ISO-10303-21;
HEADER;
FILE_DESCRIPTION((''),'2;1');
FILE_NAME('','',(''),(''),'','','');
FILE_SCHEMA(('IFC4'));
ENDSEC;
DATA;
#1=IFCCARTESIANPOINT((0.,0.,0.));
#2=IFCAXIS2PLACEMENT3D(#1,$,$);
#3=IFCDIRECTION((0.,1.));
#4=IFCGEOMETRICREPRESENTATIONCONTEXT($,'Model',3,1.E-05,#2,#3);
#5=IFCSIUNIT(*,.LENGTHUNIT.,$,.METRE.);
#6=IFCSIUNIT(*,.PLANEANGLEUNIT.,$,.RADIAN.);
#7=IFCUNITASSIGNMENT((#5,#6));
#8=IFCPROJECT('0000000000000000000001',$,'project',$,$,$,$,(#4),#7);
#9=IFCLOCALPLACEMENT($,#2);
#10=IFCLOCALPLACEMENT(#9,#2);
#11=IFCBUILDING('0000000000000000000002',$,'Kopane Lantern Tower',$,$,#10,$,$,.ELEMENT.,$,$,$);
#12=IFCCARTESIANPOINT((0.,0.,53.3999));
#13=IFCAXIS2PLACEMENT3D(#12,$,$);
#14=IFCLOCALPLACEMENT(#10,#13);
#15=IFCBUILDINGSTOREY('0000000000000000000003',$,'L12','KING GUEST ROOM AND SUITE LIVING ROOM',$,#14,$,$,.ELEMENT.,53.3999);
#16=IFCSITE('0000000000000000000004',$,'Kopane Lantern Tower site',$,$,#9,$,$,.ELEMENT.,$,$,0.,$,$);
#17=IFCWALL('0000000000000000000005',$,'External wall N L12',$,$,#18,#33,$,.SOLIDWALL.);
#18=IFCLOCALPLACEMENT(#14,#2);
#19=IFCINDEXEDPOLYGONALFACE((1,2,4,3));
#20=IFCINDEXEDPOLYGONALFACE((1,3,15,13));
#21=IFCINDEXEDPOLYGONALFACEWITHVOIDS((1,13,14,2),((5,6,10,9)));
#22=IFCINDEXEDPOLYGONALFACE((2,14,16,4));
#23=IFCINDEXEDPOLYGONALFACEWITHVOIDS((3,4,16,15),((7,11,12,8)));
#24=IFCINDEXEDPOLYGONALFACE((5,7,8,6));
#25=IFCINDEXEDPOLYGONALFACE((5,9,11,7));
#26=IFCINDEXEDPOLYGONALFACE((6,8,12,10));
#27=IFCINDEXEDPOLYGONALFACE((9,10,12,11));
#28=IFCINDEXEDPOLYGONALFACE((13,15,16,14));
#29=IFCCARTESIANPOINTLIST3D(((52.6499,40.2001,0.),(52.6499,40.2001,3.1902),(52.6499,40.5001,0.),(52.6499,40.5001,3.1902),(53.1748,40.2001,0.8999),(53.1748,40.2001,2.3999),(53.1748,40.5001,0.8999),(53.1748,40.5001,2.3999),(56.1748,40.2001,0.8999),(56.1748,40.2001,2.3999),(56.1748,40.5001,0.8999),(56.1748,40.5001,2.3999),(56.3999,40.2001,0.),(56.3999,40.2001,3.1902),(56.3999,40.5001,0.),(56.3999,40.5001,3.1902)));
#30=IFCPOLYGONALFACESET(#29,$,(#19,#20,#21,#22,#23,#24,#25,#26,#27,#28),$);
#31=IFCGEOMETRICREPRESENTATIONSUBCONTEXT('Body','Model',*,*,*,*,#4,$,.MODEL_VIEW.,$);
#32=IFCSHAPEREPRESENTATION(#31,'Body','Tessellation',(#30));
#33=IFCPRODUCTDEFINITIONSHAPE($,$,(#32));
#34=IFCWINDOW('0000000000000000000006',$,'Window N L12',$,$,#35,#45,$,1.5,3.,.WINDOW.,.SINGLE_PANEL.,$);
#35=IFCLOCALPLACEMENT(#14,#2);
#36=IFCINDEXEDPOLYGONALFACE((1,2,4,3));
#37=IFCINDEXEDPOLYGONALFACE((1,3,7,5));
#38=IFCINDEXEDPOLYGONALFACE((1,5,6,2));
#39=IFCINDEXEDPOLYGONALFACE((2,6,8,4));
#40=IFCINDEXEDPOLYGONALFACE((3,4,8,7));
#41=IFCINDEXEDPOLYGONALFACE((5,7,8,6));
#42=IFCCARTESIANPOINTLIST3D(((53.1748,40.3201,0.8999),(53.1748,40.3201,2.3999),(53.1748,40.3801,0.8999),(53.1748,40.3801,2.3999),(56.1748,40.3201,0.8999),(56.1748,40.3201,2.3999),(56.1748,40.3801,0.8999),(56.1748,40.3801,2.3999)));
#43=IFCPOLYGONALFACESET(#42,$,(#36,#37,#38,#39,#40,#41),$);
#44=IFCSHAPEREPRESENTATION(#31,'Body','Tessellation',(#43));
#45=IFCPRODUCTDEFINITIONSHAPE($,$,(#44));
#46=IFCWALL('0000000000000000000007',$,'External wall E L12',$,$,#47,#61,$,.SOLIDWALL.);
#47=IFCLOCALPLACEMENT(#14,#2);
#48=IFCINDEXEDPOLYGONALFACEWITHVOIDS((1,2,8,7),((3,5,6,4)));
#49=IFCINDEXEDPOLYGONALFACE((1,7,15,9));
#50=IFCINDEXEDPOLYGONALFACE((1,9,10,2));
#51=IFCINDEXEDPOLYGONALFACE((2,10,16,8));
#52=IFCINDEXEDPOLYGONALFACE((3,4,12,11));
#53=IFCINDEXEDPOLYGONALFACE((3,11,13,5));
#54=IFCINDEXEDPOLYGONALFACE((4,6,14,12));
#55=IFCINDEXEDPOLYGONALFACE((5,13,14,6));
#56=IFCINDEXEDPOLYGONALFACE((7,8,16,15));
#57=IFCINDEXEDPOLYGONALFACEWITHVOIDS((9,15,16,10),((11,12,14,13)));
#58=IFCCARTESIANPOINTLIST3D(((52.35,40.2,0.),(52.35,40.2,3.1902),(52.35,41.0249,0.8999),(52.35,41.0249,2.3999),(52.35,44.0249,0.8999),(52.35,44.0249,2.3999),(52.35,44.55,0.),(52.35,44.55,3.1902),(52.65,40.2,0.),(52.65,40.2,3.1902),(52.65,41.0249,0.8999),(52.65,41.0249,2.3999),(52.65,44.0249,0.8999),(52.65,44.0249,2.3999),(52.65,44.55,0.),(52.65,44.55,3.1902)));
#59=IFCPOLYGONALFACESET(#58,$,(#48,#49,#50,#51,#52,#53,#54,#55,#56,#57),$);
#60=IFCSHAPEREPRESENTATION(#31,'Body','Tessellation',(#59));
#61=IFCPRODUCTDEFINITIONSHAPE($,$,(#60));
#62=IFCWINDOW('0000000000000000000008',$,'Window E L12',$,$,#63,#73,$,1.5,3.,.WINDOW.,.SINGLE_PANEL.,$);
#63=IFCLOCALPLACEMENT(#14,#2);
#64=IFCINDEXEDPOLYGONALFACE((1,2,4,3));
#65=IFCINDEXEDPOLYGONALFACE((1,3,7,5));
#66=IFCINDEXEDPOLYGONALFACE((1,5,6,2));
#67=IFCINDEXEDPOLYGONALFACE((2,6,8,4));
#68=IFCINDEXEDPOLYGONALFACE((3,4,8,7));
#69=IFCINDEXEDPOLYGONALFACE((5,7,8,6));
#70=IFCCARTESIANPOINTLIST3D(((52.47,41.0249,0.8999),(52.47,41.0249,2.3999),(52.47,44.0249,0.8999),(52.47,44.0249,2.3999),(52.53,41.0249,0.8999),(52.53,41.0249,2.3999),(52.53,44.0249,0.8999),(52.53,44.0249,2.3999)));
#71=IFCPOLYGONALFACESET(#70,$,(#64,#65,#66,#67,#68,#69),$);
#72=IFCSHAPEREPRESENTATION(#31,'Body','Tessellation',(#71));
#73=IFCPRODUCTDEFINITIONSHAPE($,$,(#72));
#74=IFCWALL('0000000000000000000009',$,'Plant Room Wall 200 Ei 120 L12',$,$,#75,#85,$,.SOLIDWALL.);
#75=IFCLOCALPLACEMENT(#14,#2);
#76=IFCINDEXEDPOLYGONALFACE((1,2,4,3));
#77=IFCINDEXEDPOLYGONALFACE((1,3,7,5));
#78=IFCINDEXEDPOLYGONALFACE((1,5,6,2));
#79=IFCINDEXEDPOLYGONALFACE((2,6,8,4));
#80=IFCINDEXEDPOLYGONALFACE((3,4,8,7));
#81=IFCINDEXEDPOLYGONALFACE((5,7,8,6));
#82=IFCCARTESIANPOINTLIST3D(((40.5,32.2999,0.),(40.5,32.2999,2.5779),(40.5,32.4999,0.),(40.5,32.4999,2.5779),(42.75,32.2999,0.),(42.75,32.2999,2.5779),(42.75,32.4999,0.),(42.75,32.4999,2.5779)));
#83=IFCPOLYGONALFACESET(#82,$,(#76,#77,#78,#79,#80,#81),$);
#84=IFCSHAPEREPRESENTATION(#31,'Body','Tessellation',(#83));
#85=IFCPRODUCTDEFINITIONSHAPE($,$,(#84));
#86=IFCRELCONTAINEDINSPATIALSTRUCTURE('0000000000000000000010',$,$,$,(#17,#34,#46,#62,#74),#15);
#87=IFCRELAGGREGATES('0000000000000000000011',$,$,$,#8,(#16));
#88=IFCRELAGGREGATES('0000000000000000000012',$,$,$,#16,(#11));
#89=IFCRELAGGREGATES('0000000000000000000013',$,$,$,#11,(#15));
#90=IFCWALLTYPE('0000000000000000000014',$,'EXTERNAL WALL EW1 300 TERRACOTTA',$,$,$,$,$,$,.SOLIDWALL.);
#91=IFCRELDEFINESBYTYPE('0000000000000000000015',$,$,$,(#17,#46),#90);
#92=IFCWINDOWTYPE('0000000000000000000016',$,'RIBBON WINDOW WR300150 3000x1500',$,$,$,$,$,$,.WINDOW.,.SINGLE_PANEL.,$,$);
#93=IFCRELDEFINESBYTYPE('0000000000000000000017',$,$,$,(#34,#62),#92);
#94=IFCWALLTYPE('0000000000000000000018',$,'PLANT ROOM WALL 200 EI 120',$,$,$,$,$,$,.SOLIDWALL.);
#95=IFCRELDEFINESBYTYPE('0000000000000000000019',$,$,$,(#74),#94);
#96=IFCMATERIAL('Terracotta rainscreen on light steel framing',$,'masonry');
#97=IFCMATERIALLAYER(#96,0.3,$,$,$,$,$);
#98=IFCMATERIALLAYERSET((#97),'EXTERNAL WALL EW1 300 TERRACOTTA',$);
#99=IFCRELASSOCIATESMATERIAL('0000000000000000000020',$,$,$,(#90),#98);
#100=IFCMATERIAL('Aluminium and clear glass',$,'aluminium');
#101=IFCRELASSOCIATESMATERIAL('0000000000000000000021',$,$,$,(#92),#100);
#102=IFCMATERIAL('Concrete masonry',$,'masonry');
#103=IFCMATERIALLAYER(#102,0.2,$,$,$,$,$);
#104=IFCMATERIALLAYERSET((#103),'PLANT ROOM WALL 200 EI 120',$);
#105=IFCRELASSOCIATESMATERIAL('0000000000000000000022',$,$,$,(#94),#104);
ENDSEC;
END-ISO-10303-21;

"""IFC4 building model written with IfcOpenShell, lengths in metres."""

from ifc_helpers import new_model, si_unit, direction, frame, frame_2d, origin, place, context, subcontext, project, spatial, rectangle, extrude, material, layer, layer_set, type_object, element, fill, save


model = new_model("IFC4")

# Units and contexts
model_context = context("Model", 3, precision=1e-05, world=origin(), true_north=direction((0.0, 1.0)))
body_context = subcontext(model_context, "Body", "Model", "MODEL_VIEW")
ifc_project = project(units=[si_unit("LENGTHUNIT", "METRE"), si_unit("PLANEANGLEUNIT", "RADIAN")], contexts=[model_context])

# Site, building, storey
site_placement = place(None, origin())
site = spatial("IfcSite", under=ifc_project, at=site_placement, Name="Kopane Lantern Tower site", CompositionType="ELEMENT", RefElevation=0.0)
building_placement = place(site_placement, origin())
building = spatial("IfcBuilding", under=site, at=building_placement, Name="Kopane Lantern Tower", CompositionType="ELEMENT")
storey_placement = place(building_placement, frame((0.0, 0.0, 53.3999)))
storey = spatial("IfcBuildingStorey", under=building, at=storey_placement, Name="L12", Description="KING GUEST ROOM AND SUITE LIVING ROOM", CompositionType="ELEMENT", Elevation=53.3999)

# Walls, openings, windows
ifc_material_1 = material(Name="Terracotta rainscreen on light steel framing", Category="masonry")
ifc_layer_1 = layer(ifc_material_1, 0.3)
ifc_layer_set_1 = layer_set([ifc_layer_1], Name="EXTERNAL WALL EW1 300 TERRACOTTA")
wall_type_1 = type_object("IfcWallType", Name="EXTERNAL WALL EW1 300 TERRACOTTA", PredefinedType="SOLIDWALL", material=ifc_layer_set_1)
wall_1_placement = place(storey_placement, frame((56.3999, 40.3501, 0.0), z_axis=(0.0, 0.0, 1.0), x_axis=(-1.0, 0.0, 0.0)))
wall_1 = element("IfcWall", 1, at=wall_1_placement, inside=storey, type_object=wall_type_1, Name="External wall N L12", PredefinedType="SOLIDWALL", context=body_context, shape_type="SweptSolid", body=[
    extrude(rectangle(XDim=3.75, YDim=0.3, at=frame_2d((1.875, 0.0))), origin(), (0.0, 0.0, 1.0), 3.1902),
])
opening_1_placement = place(wall_1_placement, frame((0.2251, 0.0, 0.8999)))
opening_1 = element("IfcOpeningElement", 2, at=opening_1_placement, cuts=wall_1, PredefinedType="OPENING", context=body_context, shape_type="SweptSolid", body=[
    extrude(rectangle(XDim=3.0, YDim=1.5, at=frame_2d((1.5, 0.75))), frame((0.0, 0.1599, 0.0), z_axis=(0.0, -1.0, 0.0), x_axis=(1.0, 0.0, 0.0)), (0.0, 0.0, 1.0), 0.3201),
])
ifc_material_2 = material(Name="Aluminium and clear glass", Category="aluminium")
window_type = type_object("IfcWindowType", Name="RIBBON WINDOW WR300150 3000x1500", PartitioningType="SINGLE_PANEL", PredefinedType="WINDOW", material=ifc_material_2)
window_1_placement = place(opening_1_placement, origin())
window_1 = element("IfcWindow", 3, at=window_1_placement, inside=storey, type_object=window_type, Name="Window N L12", OverallHeight=1.5, OverallWidth=3.0, PartitioningType="SINGLE_PANEL", PredefinedType="WINDOW", context=body_context, shape_type="SweptSolid", body=[
    extrude(rectangle(XDim=3.0, YDim=1.5, at=frame_2d((1.5, 0.75))), frame((0.0, 0.03, 0.0), z_axis=(0.0, -1.0, 0.0), x_axis=(1.0, 0.0, 0.0)), (0.0, 0.0, 1.0), 0.0601),
])
fill(opening_1, window_1)
wall_2_placement = place(storey_placement, frame((52.5, 40.2, 0.0), z_axis=(0.0, 0.0, 1.0), x_axis=(0.0, 1.0, 0.0)))
wall_2 = element("IfcWall", 4, at=wall_2_placement, inside=storey, type_object=wall_type_1, Name="External wall E L12", PredefinedType="SOLIDWALL", context=body_context, shape_type="SweptSolid", body=[
    extrude(rectangle(XDim=4.3501, YDim=0.3, at=frame_2d((2.175, 0.0))), origin(), (0.0, 0.0, 1.0), 3.1902),
])
opening_2_placement = place(wall_2_placement, frame((0.825, 0.0, 0.8999)))
opening_2 = element("IfcOpeningElement", 5, at=opening_2_placement, cuts=wall_2, PredefinedType="OPENING", context=body_context, shape_type="SweptSolid", body=[
    extrude(rectangle(XDim=3.0, YDim=1.5, at=frame_2d((1.5, 0.75))), frame((0.0, 0.1599, 0.0), z_axis=(0.0, -1.0, 0.0), x_axis=(1.0, 0.0, 0.0)), (0.0, 0.0, 1.0), 0.3201),
])
window_2_placement = place(opening_2_placement, origin())
window_2 = element("IfcWindow", 6, at=window_2_placement, inside=storey, type_object=window_type, Name="Window E L12", OverallHeight=1.5, OverallWidth=3.0, PartitioningType="SINGLE_PANEL", PredefinedType="WINDOW", context=body_context, shape_type="SweptSolid", body=[
    extrude(rectangle(XDim=3.0, YDim=1.5, at=frame_2d((1.5, 0.75))), frame((0.0, 0.03, 0.0), z_axis=(0.0, -1.0, 0.0), x_axis=(1.0, 0.0, 0.0)), (0.0, 0.0, 1.0), 0.0601),
])
fill(opening_2, window_2)

# Wall
ifc_material_3 = material(Name="Concrete masonry", Category="masonry")
ifc_layer_2 = layer(ifc_material_3, 0.2)
ifc_layer_set_2 = layer_set([ifc_layer_2], Name="PLANT ROOM WALL 200 EI 120")
wall_type_2 = type_object("IfcWallType", Name="PLANT ROOM WALL 200 EI 120", PredefinedType="SOLIDWALL", material=ifc_layer_set_2)
wall_3_placement = place(storey_placement, frame((40.5, 32.3999, 0.0), z_axis=(0.0, 0.0, 1.0), x_axis=(1.0, 0.0, 0.0)))
element("IfcWall", 7, at=wall_3_placement, inside=storey, type_object=wall_type_2, Name="Plant Room Wall 200 Ei 120 L12", PredefinedType="SOLIDWALL", context=body_context, shape_type="SweptSolid", body=[
    extrude(rectangle(XDim=2.25, YDim=0.2, at=frame_2d((1.125, 0.0))), origin(), (0.0, 0.0, 1.0), 2.5779),
])

save(model, "model.ifc")
